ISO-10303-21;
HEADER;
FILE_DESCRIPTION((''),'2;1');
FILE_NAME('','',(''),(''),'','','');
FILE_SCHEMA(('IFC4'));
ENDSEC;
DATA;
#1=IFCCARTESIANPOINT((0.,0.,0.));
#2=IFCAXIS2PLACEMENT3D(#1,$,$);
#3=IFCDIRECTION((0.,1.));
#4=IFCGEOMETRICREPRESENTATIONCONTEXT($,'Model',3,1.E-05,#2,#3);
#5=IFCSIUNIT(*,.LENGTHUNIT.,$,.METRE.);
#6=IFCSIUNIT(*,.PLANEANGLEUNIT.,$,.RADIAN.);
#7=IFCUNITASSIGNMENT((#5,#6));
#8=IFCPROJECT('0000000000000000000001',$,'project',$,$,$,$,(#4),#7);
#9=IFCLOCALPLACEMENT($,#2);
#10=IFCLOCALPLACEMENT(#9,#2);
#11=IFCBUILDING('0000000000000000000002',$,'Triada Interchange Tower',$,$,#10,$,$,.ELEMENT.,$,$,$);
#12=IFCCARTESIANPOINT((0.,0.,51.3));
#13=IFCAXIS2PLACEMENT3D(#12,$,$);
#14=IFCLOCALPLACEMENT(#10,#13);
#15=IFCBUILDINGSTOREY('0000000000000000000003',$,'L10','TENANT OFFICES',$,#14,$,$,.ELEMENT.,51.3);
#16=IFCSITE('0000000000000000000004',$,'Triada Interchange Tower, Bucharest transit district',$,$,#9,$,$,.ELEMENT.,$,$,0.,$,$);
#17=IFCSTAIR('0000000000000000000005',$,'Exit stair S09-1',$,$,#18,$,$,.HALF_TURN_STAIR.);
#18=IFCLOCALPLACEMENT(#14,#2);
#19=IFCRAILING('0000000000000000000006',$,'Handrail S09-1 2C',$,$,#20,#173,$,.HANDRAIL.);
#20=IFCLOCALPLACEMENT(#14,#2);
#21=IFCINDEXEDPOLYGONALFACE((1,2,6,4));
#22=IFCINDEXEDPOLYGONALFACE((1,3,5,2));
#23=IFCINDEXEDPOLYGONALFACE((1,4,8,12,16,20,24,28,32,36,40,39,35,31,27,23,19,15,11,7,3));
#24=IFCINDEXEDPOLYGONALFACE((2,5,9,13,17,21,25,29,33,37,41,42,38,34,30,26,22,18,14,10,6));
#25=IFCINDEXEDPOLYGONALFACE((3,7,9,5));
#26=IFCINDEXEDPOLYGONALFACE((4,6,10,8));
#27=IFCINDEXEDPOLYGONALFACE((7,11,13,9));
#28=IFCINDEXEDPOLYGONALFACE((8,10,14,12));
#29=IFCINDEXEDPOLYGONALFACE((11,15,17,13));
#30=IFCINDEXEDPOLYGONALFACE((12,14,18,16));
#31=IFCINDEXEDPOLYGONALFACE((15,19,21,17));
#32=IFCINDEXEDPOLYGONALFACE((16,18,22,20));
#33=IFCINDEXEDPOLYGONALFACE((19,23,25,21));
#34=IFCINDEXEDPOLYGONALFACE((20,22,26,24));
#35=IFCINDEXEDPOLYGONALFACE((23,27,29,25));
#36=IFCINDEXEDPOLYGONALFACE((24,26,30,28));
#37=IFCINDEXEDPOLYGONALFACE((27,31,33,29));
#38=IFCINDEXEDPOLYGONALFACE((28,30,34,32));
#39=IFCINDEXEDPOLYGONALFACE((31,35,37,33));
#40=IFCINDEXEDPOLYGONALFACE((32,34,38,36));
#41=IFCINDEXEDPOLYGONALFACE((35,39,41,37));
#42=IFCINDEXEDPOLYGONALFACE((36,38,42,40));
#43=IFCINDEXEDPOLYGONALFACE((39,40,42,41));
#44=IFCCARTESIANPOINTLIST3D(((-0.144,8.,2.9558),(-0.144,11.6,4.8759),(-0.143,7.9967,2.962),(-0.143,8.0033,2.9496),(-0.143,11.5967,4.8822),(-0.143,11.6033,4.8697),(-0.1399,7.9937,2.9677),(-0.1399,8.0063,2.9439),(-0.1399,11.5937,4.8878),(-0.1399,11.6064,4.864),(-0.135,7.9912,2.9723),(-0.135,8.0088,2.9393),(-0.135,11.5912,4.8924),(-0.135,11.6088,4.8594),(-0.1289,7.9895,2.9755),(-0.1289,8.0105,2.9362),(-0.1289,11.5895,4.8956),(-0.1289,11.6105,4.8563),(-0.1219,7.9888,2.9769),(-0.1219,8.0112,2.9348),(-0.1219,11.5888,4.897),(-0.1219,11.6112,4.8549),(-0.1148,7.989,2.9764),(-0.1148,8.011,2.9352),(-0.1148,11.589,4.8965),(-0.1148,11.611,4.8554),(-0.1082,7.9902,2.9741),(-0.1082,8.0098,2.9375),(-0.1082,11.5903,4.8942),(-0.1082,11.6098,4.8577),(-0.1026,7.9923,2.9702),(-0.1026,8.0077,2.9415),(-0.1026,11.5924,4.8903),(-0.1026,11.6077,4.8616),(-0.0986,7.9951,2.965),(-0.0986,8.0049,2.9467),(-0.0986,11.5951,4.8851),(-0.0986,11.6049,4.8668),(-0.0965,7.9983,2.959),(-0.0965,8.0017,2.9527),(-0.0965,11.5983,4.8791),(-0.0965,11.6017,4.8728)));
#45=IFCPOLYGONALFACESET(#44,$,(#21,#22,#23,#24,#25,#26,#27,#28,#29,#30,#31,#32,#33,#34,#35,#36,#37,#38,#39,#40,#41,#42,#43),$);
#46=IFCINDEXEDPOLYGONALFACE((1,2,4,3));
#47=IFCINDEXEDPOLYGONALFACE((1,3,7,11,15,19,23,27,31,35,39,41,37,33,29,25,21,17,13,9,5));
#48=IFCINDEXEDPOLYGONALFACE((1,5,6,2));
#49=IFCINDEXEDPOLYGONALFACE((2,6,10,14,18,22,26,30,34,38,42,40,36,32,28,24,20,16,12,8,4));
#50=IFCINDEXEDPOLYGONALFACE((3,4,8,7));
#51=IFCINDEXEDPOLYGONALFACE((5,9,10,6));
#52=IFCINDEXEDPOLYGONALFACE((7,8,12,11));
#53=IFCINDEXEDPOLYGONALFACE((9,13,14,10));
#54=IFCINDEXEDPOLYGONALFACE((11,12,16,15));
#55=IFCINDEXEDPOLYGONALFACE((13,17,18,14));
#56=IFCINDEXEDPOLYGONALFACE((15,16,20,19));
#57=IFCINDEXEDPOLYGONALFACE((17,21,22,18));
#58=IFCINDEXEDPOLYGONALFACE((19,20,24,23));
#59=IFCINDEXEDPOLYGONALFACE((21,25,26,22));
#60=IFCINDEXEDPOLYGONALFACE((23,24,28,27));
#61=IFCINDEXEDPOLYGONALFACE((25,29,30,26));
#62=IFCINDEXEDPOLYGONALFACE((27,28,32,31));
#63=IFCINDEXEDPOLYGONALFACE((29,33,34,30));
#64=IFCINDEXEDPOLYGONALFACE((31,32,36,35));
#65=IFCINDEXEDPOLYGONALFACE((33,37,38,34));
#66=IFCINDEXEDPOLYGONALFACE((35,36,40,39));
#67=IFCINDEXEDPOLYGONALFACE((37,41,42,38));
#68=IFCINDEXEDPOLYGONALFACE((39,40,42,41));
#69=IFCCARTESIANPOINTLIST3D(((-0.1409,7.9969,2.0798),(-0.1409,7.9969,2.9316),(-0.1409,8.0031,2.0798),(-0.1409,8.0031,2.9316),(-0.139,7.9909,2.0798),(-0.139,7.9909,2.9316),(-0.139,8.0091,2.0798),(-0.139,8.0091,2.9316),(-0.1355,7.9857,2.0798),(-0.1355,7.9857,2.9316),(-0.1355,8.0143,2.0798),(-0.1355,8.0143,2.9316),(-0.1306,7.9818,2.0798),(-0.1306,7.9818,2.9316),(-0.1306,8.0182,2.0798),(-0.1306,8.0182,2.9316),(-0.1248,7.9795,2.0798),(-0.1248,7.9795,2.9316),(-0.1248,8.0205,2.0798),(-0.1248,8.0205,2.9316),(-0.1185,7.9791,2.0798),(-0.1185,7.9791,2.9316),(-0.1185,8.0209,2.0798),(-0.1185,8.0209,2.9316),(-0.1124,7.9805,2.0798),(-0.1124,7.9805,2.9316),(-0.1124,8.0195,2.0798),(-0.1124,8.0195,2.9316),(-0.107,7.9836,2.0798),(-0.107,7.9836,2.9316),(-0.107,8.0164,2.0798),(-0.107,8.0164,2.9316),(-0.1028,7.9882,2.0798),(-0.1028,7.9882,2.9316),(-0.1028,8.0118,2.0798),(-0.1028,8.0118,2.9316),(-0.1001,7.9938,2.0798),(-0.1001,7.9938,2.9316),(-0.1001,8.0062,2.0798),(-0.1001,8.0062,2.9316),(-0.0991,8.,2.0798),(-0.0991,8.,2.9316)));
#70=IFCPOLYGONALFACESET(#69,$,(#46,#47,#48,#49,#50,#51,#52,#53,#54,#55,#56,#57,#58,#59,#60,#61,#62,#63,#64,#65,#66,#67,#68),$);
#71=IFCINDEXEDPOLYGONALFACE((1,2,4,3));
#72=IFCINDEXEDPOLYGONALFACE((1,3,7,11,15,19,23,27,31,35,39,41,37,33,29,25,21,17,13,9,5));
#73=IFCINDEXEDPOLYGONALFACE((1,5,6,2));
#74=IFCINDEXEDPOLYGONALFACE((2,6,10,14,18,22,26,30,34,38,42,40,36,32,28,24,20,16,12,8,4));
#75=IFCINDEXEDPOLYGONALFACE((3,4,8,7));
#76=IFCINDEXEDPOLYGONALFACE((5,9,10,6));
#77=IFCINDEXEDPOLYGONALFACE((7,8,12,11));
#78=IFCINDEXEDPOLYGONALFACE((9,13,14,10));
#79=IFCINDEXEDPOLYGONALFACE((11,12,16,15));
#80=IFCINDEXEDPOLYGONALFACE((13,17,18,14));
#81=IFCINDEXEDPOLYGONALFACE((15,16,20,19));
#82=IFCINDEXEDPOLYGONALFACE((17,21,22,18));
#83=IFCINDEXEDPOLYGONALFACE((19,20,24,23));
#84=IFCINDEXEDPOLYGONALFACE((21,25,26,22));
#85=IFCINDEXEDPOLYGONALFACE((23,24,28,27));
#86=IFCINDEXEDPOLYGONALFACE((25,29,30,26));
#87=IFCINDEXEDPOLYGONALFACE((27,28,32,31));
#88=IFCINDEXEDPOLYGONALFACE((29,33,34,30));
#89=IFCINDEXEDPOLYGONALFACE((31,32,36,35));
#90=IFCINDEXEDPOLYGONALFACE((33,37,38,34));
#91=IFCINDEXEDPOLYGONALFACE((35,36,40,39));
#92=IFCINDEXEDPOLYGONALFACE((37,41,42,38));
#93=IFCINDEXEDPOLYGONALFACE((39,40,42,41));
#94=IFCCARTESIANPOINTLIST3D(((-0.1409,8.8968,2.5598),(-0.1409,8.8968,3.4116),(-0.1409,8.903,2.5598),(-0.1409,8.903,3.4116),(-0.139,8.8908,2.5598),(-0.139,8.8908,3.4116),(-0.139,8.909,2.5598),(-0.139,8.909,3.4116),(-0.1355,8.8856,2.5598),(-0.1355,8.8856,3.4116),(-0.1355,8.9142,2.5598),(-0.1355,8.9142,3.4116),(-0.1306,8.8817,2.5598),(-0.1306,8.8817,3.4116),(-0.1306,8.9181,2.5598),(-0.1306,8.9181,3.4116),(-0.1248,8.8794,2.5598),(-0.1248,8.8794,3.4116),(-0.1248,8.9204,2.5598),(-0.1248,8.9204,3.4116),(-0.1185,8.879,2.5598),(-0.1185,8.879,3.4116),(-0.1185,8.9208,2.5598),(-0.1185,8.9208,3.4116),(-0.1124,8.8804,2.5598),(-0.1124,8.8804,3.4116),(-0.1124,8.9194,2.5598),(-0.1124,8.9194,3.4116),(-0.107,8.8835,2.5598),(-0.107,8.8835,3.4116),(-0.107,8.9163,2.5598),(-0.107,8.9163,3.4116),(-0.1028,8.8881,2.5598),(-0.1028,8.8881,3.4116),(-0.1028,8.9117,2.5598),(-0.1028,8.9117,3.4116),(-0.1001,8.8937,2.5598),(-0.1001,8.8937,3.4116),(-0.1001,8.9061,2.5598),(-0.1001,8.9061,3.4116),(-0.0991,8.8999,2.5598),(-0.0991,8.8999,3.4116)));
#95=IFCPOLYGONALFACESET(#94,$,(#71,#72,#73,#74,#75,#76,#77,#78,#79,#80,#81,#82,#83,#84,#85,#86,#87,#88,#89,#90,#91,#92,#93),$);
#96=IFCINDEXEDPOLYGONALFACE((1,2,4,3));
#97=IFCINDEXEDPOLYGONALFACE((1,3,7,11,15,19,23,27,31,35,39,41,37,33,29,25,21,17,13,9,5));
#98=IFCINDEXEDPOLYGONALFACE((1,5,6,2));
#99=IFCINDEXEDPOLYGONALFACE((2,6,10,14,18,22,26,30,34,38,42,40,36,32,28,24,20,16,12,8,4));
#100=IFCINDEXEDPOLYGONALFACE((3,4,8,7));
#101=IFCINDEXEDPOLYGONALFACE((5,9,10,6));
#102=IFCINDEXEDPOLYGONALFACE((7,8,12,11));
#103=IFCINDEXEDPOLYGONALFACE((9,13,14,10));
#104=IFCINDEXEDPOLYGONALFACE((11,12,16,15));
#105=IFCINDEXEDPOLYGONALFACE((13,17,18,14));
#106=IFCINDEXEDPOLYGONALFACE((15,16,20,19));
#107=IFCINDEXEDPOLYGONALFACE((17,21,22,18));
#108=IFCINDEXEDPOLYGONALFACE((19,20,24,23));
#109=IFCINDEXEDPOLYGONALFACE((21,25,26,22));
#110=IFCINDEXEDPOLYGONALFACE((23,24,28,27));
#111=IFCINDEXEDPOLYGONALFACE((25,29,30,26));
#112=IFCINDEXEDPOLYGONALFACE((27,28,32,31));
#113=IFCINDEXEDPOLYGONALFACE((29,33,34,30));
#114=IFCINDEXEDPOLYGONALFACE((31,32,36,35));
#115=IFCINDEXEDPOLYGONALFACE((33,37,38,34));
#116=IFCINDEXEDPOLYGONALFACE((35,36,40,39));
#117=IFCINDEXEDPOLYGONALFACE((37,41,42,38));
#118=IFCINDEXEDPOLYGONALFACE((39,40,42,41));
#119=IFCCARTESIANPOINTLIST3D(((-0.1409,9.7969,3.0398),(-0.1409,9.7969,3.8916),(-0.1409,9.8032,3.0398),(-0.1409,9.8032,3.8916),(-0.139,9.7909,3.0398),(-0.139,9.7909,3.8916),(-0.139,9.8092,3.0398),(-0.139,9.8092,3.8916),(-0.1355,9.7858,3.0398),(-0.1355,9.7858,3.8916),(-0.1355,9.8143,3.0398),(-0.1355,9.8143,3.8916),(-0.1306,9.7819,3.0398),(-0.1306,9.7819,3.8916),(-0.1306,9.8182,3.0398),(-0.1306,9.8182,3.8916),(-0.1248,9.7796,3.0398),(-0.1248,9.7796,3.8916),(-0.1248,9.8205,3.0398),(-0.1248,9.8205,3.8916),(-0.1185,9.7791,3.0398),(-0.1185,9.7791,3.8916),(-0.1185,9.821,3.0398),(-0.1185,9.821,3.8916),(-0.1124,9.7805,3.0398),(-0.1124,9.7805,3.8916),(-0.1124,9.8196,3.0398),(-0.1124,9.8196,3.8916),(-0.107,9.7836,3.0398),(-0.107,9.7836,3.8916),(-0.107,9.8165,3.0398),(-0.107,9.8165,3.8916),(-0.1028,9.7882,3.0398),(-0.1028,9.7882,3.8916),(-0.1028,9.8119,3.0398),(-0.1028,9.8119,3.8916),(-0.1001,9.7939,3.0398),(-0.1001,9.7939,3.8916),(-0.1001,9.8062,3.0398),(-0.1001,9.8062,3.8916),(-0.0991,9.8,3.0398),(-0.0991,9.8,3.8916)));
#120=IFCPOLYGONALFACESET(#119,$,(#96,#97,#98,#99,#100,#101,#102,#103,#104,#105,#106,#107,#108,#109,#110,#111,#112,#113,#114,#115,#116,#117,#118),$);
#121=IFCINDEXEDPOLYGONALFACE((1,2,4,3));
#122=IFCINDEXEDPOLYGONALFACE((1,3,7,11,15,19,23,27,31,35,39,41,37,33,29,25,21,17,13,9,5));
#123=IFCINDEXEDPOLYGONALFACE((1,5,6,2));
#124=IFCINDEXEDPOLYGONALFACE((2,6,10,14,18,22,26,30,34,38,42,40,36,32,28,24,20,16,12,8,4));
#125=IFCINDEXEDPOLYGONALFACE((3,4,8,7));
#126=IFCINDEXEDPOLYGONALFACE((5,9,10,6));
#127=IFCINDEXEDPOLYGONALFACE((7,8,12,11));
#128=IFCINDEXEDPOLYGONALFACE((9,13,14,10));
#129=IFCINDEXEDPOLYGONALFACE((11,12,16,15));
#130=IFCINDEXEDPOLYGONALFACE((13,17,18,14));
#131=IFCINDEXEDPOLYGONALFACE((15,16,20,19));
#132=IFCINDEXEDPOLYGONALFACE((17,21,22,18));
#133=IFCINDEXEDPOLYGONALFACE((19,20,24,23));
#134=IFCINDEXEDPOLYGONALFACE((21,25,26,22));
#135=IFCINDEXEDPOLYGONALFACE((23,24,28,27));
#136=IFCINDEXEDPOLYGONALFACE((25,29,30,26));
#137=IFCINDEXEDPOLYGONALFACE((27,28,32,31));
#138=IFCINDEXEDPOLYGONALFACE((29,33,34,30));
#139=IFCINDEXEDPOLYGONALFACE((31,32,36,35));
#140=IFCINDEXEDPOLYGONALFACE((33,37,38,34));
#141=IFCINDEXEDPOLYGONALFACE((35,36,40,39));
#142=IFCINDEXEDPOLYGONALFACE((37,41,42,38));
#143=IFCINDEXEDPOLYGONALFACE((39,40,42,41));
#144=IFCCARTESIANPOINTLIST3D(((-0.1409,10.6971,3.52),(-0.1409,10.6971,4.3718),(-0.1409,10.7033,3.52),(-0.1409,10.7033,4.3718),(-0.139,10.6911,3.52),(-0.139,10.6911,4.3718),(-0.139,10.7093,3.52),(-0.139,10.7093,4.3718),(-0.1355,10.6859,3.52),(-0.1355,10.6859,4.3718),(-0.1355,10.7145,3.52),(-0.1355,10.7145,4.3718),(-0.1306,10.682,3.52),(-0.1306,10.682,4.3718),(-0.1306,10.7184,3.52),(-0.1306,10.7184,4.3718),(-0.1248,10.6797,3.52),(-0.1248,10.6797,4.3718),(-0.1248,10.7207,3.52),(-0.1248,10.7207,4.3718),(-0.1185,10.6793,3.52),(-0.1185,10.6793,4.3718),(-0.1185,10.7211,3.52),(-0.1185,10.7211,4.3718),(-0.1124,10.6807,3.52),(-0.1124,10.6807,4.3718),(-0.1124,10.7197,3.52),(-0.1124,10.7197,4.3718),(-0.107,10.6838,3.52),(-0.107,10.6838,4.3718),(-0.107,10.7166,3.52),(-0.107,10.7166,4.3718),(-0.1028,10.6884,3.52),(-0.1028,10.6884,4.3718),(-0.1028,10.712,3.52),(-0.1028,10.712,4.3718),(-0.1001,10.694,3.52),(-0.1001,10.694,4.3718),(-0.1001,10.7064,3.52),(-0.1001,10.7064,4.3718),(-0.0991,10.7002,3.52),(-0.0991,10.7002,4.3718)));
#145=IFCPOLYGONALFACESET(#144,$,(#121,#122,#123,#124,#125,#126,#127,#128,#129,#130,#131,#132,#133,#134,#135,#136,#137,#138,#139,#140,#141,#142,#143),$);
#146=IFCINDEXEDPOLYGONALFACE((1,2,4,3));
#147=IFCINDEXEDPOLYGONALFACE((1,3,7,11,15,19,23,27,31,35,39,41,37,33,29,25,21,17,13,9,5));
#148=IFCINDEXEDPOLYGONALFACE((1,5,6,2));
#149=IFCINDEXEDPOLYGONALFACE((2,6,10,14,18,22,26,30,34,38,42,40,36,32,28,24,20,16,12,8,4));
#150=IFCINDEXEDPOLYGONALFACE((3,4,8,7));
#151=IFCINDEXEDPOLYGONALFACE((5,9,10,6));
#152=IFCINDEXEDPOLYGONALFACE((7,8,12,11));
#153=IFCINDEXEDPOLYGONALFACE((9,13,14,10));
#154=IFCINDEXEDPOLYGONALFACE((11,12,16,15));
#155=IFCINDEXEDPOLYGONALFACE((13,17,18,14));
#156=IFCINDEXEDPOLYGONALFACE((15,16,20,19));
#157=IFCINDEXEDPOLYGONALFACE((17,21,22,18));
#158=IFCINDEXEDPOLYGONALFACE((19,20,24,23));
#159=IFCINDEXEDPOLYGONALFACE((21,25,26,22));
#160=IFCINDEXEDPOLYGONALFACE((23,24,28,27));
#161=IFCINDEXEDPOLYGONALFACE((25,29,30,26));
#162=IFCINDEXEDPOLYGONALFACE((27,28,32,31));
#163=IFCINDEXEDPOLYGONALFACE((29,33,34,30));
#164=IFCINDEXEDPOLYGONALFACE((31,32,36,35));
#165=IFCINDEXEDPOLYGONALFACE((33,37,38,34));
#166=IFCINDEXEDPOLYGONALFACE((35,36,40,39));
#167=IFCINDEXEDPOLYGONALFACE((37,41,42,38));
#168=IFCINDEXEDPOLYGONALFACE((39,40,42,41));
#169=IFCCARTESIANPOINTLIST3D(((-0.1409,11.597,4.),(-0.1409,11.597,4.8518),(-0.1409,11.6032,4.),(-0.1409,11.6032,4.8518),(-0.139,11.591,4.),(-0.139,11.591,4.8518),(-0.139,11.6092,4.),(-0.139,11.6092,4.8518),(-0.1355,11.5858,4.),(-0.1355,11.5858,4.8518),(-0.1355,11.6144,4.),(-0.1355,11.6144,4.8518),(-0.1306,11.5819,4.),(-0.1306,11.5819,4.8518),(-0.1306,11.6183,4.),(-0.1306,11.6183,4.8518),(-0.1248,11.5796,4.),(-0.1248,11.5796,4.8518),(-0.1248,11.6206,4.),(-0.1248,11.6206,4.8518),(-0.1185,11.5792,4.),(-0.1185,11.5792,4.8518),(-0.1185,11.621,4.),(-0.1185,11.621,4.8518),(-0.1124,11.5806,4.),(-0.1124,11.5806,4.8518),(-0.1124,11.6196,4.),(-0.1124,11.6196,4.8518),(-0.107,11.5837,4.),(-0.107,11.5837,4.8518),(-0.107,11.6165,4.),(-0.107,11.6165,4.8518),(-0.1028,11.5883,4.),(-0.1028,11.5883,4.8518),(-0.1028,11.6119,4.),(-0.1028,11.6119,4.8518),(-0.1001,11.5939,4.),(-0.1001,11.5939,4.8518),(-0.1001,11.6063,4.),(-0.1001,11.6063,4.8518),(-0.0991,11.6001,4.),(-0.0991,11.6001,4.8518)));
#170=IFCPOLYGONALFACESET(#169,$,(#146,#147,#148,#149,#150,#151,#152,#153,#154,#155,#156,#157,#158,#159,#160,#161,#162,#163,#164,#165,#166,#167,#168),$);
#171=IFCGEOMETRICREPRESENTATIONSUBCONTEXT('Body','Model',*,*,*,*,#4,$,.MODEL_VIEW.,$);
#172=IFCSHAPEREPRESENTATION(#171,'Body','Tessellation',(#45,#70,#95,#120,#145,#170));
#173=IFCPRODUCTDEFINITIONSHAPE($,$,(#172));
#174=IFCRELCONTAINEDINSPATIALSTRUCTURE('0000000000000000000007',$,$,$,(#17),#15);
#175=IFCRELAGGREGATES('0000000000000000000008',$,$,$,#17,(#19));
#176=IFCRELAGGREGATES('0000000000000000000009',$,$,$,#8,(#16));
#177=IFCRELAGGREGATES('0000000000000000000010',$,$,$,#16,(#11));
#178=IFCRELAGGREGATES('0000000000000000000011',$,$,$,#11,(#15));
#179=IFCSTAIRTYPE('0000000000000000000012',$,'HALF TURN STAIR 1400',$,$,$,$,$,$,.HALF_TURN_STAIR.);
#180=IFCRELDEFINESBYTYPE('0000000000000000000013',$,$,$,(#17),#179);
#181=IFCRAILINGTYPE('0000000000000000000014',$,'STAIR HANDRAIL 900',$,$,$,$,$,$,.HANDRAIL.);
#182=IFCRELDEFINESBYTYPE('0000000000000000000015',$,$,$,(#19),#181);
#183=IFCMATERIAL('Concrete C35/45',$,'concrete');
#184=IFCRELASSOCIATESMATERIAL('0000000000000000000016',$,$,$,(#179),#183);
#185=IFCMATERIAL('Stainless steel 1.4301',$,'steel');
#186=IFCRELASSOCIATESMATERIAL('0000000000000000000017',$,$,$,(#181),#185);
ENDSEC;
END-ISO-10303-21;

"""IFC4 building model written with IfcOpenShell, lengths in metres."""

from ifc_helpers import new_model, si_unit, direction, frame, origin, origin_2d, place, context, subcontext, project, spatial, circle, extrude, material, type_object, element, aggregate, save


model = new_model("IFC4")

# Units and contexts
model_context = context("Model", 3, precision=1e-05, world=origin(), true_north=direction((0.0, 1.0)))
body_context = subcontext(model_context, "Body", "Model", "MODEL_VIEW")
ifc_project = project(units=[si_unit("LENGTHUNIT", "METRE"), si_unit("PLANEANGLEUNIT", "RADIAN")], contexts=[model_context])

# Site, building, storey
site_placement = place(None, origin())
site = spatial("IfcSite", under=ifc_project, at=site_placement, Name="Triada Interchange Tower, Bucharest transit district", CompositionType="ELEMENT", RefElevation=0.0)
building_placement = place(site_placement, origin())
building = spatial("IfcBuilding", under=site, at=building_placement, Name="Triada Interchange Tower", CompositionType="ELEMENT")
storey_placement = place(building_placement, frame((0.0, 0.0, 51.3)))
storey = spatial("IfcBuildingStorey", under=building, at=storey_placement, Name="L10", Description="TENANT OFFICES", CompositionType="ELEMENT", Elevation=51.3)

# Stair
ifc_material_1 = material(Name="Concrete C35/45", Category="concrete")
stair_type = type_object("IfcStairType", Name="HALF TURN STAIR 1400", PredefinedType="HALF_TURN_STAIR", material=ifc_material_1)
stair_placement = place(storey_placement, origin())
stair = element("IfcStair", 1, at=stair_placement, inside=storey, type_object=stair_type, Name="Exit stair S09-1", PredefinedType="HALF_TURN_STAIR")

# Railing
ifc_material_2 = material(Name="Stainless steel 1.4301", Category="steel")
railing_type = type_object("IfcRailingType", Name="STAIR HANDRAIL 900", PredefinedType="HANDRAIL", material=ifc_material_2)
railing_1_placement = place(storey_placement, frame((-0.1201, 8.0, 2.0798)))
railing_1 = element("IfcRailing", 2, at=railing_1_placement, type_object=railing_type, Name="Handrail S09-1 2C", PredefinedType="HANDRAIL", context=body_context, shape_type="SweptSolid", body=[
    extrude(circle(Radius=0.0239, at=origin_2d()), frame((0.0, 0.0, 0.876), z_axis=(0.0, 0.882341, 0.47061), x_axis=(-1.0, 0.0, 0.0)), (0.0, 0.0, 1.0), 4.0801),
    extrude(circle(Radius=0.021, at=origin_2d()), origin(), (0.0, 0.0, 1.0), 0.8518),
    extrude(circle(Radius=0.021, at=origin_2d()), frame((0.0, 0.8999, 0.48)), (0.0, 0.0, 1.0), 0.8518),
    extrude(circle(Radius=0.021, at=origin_2d()), frame((0.0, 1.8, 0.96)), (0.0, 0.0, 1.0), 0.8518),
    extrude(circle(Radius=0.021, at=origin_2d()), frame((0.0, 2.7002, 1.4402)), (0.0, 0.0, 1.0), 0.8518),
    extrude(circle(Radius=0.021, at=origin_2d()), frame((0.0, 3.6001, 1.9202)), (0.0, 0.0, 1.0), 0.8518),
])
aggregate(stair, [railing_1])

save(model, "model.ifc")
